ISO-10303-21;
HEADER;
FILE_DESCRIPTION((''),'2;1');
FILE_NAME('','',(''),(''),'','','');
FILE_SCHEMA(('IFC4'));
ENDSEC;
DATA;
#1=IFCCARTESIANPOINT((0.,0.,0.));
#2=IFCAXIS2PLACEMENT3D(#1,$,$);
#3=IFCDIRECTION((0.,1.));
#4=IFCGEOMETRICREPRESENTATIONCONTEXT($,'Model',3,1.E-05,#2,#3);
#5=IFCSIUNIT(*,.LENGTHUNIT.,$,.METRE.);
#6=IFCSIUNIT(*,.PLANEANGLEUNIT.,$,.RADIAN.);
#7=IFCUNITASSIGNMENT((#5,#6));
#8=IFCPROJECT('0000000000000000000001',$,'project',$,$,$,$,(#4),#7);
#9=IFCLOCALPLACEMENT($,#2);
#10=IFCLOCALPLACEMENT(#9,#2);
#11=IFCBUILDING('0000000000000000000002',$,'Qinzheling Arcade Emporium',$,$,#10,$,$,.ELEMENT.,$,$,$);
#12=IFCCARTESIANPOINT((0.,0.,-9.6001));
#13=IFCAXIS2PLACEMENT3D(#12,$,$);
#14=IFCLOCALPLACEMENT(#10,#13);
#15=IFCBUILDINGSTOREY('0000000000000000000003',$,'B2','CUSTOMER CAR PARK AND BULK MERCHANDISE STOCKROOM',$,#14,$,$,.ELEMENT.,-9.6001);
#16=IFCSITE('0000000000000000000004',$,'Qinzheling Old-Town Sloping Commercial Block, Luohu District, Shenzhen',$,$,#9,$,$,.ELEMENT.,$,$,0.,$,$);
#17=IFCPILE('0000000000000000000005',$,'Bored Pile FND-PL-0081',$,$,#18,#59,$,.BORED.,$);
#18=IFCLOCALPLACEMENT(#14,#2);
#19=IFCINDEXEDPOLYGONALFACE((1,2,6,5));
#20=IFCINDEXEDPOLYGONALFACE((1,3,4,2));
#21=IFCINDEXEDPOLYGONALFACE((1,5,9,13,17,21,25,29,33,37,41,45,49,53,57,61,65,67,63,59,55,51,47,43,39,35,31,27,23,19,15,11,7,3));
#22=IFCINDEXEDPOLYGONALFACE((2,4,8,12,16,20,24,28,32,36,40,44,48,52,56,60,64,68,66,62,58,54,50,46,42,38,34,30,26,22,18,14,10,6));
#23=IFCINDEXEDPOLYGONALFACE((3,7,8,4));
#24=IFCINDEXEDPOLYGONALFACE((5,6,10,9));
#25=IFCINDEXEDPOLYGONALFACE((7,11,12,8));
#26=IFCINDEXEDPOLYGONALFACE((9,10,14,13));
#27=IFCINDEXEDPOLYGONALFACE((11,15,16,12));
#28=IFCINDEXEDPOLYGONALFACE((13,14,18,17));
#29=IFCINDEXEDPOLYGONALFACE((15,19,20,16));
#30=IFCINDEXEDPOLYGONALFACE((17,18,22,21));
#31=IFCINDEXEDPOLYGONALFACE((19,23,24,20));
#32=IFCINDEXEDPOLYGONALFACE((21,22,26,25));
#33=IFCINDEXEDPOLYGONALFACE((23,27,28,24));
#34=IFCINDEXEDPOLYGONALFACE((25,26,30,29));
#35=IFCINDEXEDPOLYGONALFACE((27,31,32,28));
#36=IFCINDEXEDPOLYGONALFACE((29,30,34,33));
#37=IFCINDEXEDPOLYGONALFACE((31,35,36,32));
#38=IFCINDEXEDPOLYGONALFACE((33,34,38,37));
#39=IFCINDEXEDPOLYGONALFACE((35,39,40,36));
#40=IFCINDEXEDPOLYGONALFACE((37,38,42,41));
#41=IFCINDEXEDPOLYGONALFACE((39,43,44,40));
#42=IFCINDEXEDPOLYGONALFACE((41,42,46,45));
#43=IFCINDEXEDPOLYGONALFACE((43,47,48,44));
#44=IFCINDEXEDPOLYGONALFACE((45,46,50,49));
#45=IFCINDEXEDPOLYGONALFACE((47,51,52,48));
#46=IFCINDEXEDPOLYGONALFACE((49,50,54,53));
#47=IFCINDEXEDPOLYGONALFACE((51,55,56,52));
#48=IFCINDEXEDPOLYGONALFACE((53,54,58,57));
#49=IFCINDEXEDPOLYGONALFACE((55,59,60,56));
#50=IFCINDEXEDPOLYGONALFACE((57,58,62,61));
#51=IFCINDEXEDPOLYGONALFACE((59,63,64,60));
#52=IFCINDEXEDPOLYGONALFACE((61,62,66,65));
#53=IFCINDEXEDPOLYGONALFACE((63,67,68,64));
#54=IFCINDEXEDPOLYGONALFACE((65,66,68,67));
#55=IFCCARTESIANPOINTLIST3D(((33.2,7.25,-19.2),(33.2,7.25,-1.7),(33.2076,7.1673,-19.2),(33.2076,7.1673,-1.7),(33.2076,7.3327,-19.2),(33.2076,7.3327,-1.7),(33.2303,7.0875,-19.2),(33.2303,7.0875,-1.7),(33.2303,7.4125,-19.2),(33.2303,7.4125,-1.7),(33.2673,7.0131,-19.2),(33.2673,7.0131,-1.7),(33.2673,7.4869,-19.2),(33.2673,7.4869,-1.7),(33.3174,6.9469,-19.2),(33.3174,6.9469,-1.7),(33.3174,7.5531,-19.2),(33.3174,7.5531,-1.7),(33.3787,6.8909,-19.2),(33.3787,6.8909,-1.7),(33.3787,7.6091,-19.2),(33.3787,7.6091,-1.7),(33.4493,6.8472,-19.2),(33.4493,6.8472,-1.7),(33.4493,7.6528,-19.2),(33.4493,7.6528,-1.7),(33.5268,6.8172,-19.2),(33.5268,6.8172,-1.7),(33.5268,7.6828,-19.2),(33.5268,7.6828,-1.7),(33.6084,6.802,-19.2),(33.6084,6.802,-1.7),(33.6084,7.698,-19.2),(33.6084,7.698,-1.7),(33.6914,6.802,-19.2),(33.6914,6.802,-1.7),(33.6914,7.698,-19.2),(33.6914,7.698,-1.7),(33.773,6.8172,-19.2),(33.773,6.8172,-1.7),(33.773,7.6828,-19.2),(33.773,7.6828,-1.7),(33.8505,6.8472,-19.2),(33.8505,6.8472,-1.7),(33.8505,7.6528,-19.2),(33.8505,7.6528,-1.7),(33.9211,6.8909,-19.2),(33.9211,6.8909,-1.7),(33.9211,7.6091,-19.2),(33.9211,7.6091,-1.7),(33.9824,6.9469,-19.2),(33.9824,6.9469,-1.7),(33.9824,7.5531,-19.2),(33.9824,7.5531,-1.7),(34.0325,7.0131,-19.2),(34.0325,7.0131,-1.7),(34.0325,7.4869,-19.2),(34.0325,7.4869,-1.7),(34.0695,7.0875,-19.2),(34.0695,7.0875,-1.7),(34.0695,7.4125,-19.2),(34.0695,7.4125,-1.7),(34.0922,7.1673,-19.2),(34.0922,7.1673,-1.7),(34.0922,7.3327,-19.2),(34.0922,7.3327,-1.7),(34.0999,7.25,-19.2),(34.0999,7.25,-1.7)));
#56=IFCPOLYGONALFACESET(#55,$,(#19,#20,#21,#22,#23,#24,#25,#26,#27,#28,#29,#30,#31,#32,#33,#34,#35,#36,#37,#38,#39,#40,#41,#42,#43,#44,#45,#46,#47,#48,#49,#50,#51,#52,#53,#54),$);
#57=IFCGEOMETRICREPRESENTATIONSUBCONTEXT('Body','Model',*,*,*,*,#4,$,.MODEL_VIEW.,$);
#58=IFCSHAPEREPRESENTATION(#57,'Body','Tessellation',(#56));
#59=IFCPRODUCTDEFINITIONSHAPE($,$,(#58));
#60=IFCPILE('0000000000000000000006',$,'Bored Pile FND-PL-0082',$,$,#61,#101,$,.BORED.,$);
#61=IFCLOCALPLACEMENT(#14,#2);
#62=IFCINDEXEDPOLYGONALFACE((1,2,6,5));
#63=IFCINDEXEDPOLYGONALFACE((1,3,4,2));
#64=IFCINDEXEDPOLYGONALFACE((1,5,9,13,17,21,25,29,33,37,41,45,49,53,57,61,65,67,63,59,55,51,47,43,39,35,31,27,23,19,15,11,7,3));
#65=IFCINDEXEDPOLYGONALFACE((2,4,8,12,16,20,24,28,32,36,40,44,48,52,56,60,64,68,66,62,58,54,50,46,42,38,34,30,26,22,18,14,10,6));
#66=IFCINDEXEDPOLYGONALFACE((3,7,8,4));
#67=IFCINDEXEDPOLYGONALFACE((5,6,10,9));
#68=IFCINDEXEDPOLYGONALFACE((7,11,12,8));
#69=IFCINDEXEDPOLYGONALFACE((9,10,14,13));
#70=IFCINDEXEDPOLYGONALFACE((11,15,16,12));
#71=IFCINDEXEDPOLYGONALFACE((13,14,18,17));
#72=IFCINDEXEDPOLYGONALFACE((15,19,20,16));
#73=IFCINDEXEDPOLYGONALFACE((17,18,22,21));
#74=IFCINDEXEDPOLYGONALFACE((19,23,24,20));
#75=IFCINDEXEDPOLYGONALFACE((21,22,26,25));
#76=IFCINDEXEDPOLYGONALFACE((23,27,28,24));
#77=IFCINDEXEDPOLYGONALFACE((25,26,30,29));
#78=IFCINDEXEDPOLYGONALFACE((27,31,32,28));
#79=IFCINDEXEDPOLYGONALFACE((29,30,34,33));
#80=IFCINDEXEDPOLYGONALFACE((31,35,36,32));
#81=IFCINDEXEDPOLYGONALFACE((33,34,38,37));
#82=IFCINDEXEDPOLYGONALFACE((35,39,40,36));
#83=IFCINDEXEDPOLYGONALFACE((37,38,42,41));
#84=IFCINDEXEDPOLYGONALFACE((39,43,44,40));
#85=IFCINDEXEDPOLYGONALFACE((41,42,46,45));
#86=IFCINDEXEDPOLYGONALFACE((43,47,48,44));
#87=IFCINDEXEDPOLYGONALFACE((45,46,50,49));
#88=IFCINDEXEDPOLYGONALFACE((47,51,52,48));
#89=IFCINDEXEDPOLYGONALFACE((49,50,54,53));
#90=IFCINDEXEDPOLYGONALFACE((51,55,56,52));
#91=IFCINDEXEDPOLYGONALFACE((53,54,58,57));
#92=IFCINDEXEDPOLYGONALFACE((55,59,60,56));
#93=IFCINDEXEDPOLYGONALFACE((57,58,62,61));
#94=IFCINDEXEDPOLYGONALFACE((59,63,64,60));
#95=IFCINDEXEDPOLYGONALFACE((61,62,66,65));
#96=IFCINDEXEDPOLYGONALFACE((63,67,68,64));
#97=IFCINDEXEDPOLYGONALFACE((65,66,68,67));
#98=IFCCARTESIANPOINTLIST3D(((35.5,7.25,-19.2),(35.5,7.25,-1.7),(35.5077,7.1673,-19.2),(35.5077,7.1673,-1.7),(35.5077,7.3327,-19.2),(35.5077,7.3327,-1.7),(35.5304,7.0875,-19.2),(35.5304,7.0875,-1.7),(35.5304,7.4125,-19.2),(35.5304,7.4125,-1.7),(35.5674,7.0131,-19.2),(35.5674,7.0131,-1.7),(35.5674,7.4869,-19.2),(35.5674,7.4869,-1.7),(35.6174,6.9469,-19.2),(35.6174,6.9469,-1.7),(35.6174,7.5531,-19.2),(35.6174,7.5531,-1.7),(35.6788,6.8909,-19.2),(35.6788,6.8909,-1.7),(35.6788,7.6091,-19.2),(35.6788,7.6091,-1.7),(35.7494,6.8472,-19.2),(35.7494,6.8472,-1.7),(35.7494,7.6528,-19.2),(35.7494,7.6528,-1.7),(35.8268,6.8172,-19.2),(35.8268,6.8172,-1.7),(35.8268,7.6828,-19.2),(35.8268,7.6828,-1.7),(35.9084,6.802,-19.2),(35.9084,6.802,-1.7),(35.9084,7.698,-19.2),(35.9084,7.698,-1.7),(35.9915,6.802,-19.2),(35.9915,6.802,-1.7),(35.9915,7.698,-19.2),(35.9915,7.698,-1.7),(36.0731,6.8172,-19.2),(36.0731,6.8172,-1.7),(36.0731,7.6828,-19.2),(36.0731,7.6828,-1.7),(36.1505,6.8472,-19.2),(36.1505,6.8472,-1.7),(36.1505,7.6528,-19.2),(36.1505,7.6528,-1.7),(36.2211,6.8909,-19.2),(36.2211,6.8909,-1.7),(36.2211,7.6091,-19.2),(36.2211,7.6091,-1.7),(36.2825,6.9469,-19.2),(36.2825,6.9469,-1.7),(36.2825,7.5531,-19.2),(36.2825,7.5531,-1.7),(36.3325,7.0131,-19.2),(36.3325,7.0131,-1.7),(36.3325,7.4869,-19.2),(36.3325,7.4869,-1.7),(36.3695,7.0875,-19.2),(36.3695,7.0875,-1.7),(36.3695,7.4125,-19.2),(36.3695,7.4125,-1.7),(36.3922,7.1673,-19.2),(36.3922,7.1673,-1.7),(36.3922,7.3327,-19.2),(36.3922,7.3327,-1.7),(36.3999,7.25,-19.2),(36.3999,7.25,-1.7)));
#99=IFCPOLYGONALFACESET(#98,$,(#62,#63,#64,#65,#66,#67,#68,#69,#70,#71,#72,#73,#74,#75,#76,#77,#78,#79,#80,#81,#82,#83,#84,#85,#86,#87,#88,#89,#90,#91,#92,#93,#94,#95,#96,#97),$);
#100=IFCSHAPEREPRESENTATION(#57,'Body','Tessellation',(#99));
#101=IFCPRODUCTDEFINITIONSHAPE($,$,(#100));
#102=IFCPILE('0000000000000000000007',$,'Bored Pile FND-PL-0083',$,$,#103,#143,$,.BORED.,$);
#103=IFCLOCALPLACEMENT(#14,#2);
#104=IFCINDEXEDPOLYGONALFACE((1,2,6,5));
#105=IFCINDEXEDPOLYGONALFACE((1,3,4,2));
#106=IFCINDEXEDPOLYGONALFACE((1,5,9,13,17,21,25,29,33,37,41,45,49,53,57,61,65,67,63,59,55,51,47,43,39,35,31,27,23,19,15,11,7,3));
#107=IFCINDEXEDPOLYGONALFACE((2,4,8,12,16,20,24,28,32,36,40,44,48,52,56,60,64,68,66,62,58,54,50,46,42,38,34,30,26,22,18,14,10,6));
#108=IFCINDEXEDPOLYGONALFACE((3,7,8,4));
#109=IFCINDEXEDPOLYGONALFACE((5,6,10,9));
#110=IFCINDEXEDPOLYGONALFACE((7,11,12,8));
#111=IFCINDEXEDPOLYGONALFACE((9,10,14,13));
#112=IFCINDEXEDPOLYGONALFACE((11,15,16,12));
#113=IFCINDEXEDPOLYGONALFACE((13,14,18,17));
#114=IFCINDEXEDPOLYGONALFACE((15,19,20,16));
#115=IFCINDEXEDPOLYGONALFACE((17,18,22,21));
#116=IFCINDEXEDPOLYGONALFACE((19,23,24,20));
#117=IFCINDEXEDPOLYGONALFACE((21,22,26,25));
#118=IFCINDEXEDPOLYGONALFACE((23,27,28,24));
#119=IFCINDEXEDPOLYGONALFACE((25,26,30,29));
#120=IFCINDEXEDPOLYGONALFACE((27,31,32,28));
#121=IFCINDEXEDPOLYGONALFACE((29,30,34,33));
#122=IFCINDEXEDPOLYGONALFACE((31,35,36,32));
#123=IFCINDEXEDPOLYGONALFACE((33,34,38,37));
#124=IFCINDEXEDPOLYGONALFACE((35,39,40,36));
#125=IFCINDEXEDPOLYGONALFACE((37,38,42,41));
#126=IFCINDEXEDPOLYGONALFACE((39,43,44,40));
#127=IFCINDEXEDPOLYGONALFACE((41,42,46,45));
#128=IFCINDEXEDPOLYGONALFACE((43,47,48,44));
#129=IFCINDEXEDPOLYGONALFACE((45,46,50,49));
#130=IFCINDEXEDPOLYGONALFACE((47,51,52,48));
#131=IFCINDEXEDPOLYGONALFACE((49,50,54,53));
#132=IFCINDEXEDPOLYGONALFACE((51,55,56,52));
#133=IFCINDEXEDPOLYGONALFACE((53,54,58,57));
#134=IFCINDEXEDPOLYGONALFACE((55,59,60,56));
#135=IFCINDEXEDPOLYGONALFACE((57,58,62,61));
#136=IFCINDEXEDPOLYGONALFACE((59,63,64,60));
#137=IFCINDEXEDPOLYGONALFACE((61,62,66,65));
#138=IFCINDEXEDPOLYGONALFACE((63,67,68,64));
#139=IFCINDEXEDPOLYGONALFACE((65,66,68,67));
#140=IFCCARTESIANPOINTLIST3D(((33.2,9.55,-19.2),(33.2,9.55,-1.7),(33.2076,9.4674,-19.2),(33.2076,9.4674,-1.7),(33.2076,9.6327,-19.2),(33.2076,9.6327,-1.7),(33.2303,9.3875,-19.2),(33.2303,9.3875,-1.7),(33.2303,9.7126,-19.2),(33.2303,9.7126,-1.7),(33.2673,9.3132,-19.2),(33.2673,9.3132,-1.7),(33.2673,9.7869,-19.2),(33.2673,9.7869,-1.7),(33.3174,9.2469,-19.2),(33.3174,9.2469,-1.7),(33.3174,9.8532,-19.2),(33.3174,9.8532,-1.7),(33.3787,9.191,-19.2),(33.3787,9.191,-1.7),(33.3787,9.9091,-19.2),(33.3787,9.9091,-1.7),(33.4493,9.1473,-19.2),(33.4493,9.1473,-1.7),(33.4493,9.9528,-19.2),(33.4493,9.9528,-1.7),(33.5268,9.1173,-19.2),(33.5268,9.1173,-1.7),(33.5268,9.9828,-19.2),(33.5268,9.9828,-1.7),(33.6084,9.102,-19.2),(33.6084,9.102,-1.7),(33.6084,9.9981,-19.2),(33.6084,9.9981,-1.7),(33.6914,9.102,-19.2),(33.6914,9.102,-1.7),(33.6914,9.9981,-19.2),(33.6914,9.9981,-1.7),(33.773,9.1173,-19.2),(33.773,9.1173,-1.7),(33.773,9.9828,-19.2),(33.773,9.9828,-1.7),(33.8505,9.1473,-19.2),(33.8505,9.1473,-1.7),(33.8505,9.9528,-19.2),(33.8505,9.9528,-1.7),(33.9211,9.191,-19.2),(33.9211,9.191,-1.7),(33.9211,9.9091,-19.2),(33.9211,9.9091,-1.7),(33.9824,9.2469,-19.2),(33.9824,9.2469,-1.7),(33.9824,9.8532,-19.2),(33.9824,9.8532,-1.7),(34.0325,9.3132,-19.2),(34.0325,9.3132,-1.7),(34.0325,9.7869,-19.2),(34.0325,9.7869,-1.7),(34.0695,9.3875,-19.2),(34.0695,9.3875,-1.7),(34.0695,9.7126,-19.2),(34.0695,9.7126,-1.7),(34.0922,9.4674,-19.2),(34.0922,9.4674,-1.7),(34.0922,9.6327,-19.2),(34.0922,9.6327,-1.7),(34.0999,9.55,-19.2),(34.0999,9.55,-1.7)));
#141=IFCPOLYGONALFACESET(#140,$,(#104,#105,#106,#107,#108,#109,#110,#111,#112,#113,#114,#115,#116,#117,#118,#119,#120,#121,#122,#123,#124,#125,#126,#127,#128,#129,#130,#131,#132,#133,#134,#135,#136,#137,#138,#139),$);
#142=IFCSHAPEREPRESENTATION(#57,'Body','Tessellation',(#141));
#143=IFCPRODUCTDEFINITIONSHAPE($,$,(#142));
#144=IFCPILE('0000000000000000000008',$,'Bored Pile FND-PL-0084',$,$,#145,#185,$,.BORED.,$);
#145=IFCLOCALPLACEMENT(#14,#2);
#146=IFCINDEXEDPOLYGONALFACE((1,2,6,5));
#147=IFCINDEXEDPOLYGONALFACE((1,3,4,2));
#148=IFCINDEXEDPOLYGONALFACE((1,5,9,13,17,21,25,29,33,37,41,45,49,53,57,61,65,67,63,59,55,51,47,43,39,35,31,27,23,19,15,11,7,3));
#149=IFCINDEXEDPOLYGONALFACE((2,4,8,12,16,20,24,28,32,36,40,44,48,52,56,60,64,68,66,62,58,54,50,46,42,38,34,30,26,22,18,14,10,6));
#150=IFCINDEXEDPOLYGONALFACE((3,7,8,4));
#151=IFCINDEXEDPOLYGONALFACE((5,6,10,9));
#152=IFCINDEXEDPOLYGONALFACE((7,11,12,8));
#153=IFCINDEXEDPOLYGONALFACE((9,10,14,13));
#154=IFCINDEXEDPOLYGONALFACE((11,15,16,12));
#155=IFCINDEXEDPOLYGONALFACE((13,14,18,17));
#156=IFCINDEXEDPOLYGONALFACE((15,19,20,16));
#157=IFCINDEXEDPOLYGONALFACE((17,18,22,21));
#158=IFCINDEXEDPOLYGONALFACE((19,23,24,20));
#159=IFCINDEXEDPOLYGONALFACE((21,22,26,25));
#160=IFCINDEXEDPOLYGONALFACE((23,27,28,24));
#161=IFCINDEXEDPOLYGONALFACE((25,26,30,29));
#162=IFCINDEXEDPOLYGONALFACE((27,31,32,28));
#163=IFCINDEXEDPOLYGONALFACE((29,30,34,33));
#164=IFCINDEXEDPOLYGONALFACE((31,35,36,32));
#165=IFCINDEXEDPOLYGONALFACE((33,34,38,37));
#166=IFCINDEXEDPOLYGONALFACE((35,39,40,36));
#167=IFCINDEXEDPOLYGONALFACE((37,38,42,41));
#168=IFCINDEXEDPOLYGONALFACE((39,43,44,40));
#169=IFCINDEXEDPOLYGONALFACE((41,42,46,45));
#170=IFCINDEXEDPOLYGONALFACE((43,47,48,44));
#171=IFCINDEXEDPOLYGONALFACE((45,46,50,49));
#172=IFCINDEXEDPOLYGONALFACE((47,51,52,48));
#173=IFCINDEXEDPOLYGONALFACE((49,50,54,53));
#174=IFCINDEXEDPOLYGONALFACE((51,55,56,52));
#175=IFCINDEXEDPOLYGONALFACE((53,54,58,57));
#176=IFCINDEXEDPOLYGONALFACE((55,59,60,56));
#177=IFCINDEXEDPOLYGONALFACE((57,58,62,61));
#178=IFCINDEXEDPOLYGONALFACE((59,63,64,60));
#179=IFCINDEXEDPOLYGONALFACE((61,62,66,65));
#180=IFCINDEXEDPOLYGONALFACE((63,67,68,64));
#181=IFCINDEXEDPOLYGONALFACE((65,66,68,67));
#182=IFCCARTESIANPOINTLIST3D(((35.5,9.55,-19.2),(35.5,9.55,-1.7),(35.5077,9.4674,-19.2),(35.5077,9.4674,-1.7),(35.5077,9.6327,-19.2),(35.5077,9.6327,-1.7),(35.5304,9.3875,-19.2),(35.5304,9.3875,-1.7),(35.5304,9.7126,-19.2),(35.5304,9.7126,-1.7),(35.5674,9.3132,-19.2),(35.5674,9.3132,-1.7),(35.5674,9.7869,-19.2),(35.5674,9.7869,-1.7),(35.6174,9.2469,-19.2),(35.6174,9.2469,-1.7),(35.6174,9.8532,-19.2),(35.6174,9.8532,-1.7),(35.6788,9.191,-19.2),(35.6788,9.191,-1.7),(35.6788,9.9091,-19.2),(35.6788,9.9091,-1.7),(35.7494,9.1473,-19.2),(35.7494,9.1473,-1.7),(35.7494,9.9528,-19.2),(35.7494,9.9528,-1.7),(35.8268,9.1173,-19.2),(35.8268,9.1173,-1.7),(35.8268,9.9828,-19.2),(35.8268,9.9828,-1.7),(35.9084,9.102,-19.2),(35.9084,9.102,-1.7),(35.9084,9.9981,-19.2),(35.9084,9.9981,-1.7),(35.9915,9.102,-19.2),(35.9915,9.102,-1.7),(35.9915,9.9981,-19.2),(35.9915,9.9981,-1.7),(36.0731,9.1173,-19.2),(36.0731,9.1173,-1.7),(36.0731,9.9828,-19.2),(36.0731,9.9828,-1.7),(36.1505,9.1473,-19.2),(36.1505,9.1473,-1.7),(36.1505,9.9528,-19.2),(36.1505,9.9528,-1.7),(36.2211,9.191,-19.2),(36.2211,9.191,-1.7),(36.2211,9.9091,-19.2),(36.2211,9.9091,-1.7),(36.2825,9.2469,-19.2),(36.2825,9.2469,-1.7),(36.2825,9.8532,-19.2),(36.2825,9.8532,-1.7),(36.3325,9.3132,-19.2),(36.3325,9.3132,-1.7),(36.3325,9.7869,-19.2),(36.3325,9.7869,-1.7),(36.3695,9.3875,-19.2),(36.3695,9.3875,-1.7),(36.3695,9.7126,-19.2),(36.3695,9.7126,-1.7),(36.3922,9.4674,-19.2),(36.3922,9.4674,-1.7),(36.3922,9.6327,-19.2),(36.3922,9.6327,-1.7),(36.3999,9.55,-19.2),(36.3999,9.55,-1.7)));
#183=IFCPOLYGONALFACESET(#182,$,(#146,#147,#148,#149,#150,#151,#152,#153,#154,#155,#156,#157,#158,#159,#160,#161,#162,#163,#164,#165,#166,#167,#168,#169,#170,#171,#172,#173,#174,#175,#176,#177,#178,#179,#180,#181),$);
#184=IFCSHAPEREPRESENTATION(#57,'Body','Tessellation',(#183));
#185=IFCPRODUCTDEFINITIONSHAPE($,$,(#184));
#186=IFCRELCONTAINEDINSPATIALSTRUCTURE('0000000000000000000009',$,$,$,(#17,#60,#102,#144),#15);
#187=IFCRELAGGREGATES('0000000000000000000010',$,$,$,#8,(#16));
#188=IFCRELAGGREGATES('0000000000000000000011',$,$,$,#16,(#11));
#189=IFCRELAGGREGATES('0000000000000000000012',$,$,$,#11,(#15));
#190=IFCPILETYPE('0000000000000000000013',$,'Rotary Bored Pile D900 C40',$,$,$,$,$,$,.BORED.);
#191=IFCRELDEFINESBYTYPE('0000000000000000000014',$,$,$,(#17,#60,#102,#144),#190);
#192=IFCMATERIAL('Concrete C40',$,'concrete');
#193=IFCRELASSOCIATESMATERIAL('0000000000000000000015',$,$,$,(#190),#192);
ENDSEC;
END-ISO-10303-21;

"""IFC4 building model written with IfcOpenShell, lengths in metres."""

from ifc_helpers import new_model, si_unit, direction, frame, origin, origin_2d, place, context, subcontext, project, spatial, circle, extrude, material, material_profile, profile_set, type_object, element, save


model = new_model("IFC4")

# Units and contexts
model_context = context("Model", 3, precision=1e-05, world=origin(), true_north=direction((0.0, 1.0)))
body_context = subcontext(model_context, "Body", "Model", "MODEL_VIEW")
ifc_project = project(units=[si_unit("LENGTHUNIT", "METRE"), si_unit("PLANEANGLEUNIT", "RADIAN")], contexts=[model_context])

# Site, building, storey
site_placement = place(None, origin())
site = spatial("IfcSite", under=ifc_project, at=site_placement, Name="Qinzheling Old-Town Sloping Commercial Block, Luohu District, Shenzhen", CompositionType="ELEMENT", RefElevation=0.0)
building_placement = place(site_placement, origin())
building = spatial("IfcBuilding", under=site, at=building_placement, Name="Qinzheling Arcade Emporium", CompositionType="ELEMENT")
storey_placement = place(building_placement, frame((0.0, 0.0, -9.6001)))
storey = spatial("IfcBuildingStorey", under=building, at=storey_placement, Name="B2", Description="CUSTOMER CAR PARK AND BULK MERCHANDISE STOCKROOM", CompositionType="ELEMENT", Elevation=-9.6001)

# Shared definitions
ifc_material_1 = material(Name="Concrete C40", Category="concrete")

# Piles
ifc_material_profile_1 = material_profile(ifc_material_1, circle(Radius=0.45, at=origin_2d()), Name="BORED D900", Category="concrete")
ifc_profile_set_1 = profile_set([ifc_material_profile_1], Name="Concrete C40")
pile_type = type_object("IfcPileType", Name="Rotary Bored Pile D900 C40", PredefinedType="BORED", material=ifc_profile_set_1)
for number, where, z_axis, x_axis, name in (
    (1, (33.6499, 7.25, -1.7), (0.0, 0.0, -1.0), (1.0, 0.0, 0.0), "Bored Pile FND-PL-0081"),
    (2, (35.95, 7.25, -1.7), (0.0, 0.0, -1.0), (1.0, 0.0, 0.0), "Bored Pile FND-PL-0082"),
    (3, (33.6499, 9.55, -1.7), (0.0, 0.0, -1.0), (1.0, 0.0, 0.0), "Bored Pile FND-PL-0083"),
    (4, (35.95, 9.55, -1.7), (0.0, 0.0, -1.0), (1.0, 0.0, 0.0), "Bored Pile FND-PL-0084"),
):
    element("IfcPile", number, at=place(storey_placement, frame(where, z_axis=z_axis, x_axis=x_axis)), inside=storey, type_object=pile_type, Name=name, PredefinedType="BORED", context=body_context, shape_type="SweptSolid", body=[
        extrude(circle(Radius=0.45, at=origin_2d()), origin(), (0.0, 0.0, 1.0), 17.5),
    ])

save(model, "model.ifc")
